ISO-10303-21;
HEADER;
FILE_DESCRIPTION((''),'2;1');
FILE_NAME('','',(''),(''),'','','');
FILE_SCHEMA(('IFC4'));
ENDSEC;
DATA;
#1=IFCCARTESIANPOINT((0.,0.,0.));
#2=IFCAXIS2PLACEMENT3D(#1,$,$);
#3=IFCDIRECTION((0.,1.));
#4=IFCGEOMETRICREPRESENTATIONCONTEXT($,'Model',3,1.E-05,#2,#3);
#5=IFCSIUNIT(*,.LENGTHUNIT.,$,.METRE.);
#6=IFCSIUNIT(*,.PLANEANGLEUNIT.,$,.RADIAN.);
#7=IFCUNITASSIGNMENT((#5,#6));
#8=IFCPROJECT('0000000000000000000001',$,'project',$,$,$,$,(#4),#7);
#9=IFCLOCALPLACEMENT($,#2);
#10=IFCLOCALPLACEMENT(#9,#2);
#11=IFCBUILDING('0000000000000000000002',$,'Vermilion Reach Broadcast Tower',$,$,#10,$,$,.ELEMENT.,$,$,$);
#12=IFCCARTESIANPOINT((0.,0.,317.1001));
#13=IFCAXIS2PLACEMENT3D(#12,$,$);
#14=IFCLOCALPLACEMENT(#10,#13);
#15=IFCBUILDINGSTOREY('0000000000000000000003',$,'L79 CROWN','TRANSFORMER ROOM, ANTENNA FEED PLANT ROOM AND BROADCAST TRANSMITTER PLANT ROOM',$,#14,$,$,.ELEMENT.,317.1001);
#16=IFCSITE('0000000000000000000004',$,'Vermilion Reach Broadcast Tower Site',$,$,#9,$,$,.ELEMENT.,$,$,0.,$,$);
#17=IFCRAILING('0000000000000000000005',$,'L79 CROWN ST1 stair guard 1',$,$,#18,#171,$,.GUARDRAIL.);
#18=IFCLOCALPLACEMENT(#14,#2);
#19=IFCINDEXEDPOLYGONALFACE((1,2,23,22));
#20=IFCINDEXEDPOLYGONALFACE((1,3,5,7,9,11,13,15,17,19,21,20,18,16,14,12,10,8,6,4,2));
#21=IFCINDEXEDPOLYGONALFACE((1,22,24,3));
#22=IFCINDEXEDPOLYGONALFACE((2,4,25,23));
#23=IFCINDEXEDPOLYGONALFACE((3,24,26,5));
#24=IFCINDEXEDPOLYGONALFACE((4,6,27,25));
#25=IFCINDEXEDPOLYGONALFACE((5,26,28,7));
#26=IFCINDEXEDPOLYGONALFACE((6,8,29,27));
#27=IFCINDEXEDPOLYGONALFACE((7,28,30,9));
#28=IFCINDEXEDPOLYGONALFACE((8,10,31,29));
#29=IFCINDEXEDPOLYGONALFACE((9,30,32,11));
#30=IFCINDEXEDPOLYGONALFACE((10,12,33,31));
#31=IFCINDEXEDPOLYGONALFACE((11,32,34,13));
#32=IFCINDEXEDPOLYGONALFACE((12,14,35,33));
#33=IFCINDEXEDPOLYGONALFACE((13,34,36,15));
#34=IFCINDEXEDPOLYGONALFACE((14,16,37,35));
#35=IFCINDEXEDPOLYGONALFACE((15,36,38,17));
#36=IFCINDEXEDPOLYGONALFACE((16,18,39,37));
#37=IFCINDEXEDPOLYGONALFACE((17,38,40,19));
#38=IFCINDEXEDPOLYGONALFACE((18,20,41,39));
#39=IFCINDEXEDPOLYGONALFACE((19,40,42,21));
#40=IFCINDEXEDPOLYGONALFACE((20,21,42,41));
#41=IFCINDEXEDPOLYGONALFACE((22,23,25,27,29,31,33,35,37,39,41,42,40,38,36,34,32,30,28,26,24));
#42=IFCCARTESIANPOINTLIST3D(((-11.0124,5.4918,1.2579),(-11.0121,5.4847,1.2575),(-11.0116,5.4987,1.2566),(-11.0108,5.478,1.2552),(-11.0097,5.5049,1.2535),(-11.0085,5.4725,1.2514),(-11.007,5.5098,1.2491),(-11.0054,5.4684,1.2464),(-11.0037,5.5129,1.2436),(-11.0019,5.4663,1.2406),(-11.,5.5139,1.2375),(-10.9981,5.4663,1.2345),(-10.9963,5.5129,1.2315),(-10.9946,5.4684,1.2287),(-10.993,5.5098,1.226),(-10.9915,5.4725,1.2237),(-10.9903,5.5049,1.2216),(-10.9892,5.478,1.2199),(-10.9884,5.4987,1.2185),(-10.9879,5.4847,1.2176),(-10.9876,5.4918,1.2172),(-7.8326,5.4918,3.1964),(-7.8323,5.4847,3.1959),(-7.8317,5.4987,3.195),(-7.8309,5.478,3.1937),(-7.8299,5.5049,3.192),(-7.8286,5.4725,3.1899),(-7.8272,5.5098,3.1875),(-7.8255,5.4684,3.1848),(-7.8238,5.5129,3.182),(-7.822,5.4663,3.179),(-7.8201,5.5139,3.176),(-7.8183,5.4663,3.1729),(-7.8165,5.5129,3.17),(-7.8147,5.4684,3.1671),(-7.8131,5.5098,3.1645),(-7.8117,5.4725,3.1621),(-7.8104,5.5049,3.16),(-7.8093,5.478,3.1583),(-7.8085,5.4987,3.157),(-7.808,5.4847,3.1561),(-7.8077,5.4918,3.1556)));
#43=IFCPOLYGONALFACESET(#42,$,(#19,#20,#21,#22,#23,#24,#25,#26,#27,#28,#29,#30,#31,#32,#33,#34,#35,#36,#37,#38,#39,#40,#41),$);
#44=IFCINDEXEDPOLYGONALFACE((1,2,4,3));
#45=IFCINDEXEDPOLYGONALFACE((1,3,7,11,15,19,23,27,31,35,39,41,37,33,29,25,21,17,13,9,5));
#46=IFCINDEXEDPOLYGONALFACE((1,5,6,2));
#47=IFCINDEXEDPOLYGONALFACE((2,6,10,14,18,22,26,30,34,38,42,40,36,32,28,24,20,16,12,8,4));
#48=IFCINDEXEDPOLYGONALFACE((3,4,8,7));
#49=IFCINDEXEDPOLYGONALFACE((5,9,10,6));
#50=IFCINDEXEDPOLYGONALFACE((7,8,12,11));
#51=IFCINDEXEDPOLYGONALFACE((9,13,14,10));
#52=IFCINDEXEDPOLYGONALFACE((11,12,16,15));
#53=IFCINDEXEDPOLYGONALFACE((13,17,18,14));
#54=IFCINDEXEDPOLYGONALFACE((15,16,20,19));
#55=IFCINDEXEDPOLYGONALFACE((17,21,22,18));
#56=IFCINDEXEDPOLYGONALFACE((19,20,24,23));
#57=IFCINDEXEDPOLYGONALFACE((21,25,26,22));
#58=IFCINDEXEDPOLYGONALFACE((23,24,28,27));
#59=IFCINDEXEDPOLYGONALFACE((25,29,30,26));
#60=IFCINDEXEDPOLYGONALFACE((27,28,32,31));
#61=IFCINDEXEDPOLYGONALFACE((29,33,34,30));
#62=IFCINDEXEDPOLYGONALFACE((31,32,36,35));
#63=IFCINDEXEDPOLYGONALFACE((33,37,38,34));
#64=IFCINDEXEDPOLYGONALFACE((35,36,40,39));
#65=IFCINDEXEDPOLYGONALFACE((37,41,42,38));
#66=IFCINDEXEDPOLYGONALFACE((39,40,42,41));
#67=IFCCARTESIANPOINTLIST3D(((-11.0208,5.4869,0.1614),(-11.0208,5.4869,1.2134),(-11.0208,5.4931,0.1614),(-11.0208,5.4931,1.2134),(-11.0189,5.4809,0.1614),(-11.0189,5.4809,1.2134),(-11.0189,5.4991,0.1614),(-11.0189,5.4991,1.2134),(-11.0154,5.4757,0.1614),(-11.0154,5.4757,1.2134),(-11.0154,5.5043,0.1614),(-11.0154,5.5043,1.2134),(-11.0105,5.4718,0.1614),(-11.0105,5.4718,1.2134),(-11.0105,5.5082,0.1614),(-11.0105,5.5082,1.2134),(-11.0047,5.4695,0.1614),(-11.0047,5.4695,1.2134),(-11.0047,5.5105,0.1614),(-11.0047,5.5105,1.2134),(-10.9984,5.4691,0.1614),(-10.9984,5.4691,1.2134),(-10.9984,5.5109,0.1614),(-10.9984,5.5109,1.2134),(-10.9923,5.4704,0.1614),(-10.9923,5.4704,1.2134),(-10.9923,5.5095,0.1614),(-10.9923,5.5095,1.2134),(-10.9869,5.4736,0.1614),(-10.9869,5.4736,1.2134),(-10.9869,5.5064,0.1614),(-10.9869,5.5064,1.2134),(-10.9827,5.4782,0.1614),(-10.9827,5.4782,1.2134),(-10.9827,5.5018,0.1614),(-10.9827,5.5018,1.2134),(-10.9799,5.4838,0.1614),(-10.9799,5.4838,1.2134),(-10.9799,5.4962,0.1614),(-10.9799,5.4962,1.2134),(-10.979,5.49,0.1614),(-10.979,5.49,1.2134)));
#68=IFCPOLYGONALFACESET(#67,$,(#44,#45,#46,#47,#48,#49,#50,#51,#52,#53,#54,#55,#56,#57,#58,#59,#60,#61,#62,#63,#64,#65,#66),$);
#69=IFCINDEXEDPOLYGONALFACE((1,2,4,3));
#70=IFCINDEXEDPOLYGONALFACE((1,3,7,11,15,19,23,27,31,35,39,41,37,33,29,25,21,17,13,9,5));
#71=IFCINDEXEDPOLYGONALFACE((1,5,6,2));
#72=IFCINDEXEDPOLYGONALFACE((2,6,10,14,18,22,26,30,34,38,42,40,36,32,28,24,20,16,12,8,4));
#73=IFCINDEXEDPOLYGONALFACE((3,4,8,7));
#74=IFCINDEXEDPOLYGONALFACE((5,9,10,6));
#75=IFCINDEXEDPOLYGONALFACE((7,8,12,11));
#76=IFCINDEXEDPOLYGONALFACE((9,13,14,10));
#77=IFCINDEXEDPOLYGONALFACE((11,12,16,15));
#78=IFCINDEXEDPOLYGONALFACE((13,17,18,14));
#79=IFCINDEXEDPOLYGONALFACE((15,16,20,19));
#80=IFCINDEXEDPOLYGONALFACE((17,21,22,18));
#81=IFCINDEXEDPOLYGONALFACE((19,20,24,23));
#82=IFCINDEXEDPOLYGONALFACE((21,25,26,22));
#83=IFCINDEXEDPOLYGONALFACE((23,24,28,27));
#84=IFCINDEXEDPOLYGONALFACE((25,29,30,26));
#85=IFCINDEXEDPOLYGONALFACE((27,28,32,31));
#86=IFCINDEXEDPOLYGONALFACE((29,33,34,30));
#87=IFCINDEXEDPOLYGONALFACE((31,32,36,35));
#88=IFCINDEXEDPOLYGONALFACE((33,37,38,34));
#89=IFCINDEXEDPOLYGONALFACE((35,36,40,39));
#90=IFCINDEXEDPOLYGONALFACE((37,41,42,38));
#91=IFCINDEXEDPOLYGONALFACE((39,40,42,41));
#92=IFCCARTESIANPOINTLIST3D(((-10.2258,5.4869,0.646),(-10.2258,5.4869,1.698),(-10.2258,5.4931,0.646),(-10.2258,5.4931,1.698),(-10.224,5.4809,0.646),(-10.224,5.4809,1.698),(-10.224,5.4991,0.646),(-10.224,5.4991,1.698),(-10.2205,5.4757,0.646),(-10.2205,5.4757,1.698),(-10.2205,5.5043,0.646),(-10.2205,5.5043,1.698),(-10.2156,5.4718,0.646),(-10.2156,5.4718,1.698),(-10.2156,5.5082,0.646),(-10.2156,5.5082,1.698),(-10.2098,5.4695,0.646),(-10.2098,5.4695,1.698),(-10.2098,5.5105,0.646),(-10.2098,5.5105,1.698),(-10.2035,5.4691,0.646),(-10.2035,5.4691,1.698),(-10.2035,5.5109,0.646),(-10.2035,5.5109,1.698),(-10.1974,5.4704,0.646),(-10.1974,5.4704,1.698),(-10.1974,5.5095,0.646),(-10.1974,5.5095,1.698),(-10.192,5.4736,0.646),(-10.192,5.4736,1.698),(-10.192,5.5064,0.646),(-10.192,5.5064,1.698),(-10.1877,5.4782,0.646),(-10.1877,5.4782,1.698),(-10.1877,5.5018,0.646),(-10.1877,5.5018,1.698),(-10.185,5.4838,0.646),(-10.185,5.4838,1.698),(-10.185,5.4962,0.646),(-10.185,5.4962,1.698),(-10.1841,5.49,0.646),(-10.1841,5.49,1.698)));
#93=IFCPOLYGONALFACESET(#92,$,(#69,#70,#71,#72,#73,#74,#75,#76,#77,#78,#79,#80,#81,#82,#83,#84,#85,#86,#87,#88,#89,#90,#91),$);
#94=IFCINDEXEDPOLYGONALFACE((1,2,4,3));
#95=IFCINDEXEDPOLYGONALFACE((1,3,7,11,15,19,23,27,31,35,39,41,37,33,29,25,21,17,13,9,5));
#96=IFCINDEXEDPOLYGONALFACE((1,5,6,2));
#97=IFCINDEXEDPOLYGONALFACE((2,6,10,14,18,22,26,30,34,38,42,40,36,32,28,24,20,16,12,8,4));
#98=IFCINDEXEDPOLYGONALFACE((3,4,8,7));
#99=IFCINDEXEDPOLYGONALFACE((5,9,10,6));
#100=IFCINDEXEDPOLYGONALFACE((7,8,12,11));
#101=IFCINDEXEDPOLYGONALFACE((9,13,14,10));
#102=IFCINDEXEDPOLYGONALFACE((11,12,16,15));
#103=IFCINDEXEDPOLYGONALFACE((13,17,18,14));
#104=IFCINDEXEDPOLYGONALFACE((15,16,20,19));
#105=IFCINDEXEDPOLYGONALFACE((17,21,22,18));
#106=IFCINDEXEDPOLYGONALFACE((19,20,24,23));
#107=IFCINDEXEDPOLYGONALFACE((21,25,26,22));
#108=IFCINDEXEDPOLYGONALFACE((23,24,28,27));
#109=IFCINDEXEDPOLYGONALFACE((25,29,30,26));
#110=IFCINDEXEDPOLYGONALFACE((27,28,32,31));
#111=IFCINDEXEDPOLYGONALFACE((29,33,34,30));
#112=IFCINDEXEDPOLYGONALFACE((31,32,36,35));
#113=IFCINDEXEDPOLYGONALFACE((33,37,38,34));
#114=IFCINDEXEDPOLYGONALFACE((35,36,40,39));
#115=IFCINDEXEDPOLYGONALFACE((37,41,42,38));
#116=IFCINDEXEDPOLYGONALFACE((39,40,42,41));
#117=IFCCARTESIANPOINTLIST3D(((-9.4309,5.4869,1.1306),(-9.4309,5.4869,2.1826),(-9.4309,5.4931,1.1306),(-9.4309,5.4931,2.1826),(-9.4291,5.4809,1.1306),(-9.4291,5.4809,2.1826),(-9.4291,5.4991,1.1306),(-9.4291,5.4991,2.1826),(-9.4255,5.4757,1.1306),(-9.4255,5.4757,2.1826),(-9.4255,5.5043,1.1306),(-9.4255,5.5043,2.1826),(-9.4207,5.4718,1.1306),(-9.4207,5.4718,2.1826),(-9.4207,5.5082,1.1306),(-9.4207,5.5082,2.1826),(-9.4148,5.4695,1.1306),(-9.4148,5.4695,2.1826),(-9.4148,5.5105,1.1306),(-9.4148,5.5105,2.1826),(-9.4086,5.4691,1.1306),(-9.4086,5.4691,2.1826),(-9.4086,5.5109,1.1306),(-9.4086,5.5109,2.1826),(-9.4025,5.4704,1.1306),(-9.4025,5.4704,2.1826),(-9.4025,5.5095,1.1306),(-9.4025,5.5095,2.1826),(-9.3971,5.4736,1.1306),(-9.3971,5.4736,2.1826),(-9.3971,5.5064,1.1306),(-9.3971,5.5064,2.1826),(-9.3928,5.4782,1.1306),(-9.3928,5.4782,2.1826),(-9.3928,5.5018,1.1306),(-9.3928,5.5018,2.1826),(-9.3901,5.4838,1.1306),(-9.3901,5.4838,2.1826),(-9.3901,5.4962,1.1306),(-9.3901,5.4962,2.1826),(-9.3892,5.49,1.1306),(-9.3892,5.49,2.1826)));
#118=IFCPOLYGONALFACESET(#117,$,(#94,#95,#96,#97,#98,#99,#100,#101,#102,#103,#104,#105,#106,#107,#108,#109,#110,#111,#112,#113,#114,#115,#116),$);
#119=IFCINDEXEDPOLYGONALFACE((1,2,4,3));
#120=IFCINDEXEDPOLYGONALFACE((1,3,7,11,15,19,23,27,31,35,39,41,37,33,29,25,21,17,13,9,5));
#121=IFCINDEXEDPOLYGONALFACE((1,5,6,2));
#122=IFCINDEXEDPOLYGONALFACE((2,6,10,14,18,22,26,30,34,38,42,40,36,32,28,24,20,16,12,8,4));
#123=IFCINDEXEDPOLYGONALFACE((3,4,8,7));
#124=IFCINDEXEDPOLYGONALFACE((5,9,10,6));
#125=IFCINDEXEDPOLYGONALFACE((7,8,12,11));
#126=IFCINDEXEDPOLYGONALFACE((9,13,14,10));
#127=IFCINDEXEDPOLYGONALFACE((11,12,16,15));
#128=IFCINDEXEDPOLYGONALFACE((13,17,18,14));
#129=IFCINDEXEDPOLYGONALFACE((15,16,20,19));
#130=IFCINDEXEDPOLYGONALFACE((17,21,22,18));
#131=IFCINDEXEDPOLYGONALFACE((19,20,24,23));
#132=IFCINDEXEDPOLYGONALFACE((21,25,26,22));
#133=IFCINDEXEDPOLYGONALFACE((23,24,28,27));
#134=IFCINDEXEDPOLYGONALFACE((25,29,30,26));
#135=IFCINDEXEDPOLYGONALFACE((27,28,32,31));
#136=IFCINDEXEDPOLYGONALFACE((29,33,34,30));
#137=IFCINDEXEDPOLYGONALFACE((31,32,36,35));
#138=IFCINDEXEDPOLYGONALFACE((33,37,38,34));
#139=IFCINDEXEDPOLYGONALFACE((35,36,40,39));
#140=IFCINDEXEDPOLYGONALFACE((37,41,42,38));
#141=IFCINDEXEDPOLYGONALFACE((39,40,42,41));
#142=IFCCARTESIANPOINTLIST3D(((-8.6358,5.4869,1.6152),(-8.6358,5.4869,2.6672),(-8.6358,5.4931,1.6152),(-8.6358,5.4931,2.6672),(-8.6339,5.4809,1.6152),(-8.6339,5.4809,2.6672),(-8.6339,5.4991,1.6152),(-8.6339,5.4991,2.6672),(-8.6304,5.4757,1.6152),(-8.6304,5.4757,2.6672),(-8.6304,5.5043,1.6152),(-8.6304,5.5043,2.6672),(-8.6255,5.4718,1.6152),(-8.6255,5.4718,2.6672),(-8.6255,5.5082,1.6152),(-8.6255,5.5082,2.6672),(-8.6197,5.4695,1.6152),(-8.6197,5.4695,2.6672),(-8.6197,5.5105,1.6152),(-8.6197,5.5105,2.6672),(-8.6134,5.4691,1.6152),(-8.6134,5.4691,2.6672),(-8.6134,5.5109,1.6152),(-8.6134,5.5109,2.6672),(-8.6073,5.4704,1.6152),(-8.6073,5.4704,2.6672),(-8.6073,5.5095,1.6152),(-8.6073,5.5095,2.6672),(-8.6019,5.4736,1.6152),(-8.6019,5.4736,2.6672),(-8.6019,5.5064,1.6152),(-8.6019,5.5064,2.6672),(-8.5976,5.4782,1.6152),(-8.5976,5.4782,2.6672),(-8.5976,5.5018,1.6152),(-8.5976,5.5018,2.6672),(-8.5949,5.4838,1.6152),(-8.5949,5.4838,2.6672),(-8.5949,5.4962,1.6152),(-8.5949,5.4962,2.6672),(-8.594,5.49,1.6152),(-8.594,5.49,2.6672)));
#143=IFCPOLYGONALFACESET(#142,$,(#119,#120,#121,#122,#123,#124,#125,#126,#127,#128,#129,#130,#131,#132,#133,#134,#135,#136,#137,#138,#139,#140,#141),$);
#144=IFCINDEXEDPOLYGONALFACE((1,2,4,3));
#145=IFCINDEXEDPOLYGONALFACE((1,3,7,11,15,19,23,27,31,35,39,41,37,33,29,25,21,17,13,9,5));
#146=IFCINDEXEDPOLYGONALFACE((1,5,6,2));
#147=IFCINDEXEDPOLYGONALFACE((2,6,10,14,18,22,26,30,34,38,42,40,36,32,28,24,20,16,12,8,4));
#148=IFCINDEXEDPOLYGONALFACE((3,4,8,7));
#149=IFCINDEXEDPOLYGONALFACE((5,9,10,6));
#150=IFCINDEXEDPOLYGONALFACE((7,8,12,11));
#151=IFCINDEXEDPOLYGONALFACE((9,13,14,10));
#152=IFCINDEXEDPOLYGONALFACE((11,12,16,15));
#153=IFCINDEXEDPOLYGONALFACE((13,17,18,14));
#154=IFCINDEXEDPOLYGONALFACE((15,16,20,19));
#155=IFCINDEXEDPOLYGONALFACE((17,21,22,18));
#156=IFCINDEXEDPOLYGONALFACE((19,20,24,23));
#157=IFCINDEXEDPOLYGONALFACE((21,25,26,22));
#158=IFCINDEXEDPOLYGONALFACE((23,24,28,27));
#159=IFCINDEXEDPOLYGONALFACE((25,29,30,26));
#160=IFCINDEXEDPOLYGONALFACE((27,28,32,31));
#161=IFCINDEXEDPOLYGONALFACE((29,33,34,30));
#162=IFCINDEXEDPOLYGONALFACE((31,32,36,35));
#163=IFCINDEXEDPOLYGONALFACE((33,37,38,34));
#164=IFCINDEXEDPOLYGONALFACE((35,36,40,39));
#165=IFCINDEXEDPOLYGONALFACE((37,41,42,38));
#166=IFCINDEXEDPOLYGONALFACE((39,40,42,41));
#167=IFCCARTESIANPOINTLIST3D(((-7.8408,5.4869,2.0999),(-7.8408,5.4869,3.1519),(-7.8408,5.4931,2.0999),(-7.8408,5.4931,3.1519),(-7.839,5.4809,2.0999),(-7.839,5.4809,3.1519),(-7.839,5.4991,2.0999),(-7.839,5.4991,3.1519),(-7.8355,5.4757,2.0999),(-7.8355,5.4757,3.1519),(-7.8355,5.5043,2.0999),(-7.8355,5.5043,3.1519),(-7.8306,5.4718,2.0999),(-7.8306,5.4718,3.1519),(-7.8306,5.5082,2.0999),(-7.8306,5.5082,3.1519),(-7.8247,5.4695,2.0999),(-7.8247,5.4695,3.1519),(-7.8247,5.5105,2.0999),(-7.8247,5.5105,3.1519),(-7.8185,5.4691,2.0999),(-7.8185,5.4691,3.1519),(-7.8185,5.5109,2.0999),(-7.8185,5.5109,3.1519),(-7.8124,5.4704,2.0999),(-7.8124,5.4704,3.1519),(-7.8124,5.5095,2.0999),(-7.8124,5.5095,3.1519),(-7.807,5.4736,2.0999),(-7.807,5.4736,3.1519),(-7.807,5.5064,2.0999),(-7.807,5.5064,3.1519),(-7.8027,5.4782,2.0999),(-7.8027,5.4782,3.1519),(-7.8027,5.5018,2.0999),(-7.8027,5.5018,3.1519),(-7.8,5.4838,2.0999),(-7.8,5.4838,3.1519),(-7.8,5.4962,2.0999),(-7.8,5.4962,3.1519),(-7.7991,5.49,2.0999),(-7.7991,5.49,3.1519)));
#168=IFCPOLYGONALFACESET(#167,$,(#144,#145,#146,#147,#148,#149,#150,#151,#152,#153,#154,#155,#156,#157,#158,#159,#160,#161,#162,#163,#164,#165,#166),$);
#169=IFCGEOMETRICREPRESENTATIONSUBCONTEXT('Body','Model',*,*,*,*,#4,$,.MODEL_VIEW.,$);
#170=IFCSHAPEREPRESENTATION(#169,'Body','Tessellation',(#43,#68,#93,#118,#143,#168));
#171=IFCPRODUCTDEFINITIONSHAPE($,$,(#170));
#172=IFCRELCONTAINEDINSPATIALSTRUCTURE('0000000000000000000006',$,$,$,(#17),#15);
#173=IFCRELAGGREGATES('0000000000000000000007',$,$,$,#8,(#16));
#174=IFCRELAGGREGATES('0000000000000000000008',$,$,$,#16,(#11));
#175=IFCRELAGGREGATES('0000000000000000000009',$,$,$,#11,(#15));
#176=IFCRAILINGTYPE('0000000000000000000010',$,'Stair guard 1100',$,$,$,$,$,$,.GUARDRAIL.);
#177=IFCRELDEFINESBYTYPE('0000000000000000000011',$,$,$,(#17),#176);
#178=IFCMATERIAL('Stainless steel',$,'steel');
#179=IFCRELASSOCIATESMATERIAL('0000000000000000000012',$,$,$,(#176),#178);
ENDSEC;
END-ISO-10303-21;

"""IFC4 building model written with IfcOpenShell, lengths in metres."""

from ifc_helpers import new_model, si_unit, direction, frame, origin, origin_2d, place, context, subcontext, project, spatial, circle, extrude, material, type_object, element, save


model = new_model("IFC4")

# Units and contexts
model_context = context("Model", 3, precision=1e-05, world=origin(), true_north=direction((0.0, 1.0)))
body_context = subcontext(model_context, "Body", "Model", "MODEL_VIEW")
ifc_project = project(units=[si_unit("LENGTHUNIT", "METRE"), si_unit("PLANEANGLEUNIT", "RADIAN")], contexts=[model_context])

# Site, building, storey
site_placement = place(None, origin())
site = spatial("IfcSite", under=ifc_project, at=site_placement, Name="Vermilion Reach Broadcast Tower Site", CompositionType="ELEMENT", RefElevation=0.0)
building_placement = place(site_placement, origin())
building = spatial("IfcBuilding", under=site, at=building_placement, Name="Vermilion Reach Broadcast Tower", CompositionType="ELEMENT")
storey_placement = place(building_placement, frame((0.0, 0.0, 317.1001)))
storey = spatial("IfcBuildingStorey", under=building, at=storey_placement, Name="L79 CROWN", Description="TRANSFORMER ROOM, ANTENNA FEED PLANT ROOM AND BROADCAST TRANSMITTER PLANT ROOM", CompositionType="ELEMENT", Elevation=317.1001)

# Railing
ifc_material_1 = material(Name="Stainless steel", Category="steel")
railing_type_1 = type_object("IfcRailingType", Name="Stair guard 1100", PredefinedType="GUARDRAIL", material=ifc_material_1)
railing_1_placement = place(storey_placement, frame((-11.0, 5.49, 0.1614)))
element("IfcRailing", 1, at=railing_1_placement, inside=storey, type_object=railing_type_1, Name="L79 CROWN ST1 stair guard 1", PredefinedType="GUARDRAIL", context=body_context, shape_type="SweptSolid", body=[
    extrude(circle(Radius=0.0239, at=origin_2d()), frame((0.0, 0.0, 1.0762), z_axis=(0.853857, 0.0, 0.520508), x_axis=(0.0, 1.0, 0.0)), (0.0, 0.0, 1.0), 3.7241),
    extrude(circle(Radius=0.021, at=origin_2d()), origin(), (0.0, 0.0, 1.0), 1.052),
    extrude(circle(Radius=0.021, at=origin_2d()), frame((0.7949, 0.0, 0.4846)), (0.0, 0.0, 1.0), 1.052),
    extrude(circle(Radius=0.021, at=origin_2d()), frame((1.5898, 0.0, 0.9692)), (0.0, 0.0, 1.0), 1.052),
    extrude(circle(Radius=0.021, at=origin_2d()), frame((2.385, 0.0, 1.4539)), (0.0, 0.0, 1.0), 1.052),
    extrude(circle(Radius=0.021, at=origin_2d()), frame((3.1799, 0.0, 1.9385)), (0.0, 0.0, 1.0), 1.052),
])

save(model, "model.ifc")
